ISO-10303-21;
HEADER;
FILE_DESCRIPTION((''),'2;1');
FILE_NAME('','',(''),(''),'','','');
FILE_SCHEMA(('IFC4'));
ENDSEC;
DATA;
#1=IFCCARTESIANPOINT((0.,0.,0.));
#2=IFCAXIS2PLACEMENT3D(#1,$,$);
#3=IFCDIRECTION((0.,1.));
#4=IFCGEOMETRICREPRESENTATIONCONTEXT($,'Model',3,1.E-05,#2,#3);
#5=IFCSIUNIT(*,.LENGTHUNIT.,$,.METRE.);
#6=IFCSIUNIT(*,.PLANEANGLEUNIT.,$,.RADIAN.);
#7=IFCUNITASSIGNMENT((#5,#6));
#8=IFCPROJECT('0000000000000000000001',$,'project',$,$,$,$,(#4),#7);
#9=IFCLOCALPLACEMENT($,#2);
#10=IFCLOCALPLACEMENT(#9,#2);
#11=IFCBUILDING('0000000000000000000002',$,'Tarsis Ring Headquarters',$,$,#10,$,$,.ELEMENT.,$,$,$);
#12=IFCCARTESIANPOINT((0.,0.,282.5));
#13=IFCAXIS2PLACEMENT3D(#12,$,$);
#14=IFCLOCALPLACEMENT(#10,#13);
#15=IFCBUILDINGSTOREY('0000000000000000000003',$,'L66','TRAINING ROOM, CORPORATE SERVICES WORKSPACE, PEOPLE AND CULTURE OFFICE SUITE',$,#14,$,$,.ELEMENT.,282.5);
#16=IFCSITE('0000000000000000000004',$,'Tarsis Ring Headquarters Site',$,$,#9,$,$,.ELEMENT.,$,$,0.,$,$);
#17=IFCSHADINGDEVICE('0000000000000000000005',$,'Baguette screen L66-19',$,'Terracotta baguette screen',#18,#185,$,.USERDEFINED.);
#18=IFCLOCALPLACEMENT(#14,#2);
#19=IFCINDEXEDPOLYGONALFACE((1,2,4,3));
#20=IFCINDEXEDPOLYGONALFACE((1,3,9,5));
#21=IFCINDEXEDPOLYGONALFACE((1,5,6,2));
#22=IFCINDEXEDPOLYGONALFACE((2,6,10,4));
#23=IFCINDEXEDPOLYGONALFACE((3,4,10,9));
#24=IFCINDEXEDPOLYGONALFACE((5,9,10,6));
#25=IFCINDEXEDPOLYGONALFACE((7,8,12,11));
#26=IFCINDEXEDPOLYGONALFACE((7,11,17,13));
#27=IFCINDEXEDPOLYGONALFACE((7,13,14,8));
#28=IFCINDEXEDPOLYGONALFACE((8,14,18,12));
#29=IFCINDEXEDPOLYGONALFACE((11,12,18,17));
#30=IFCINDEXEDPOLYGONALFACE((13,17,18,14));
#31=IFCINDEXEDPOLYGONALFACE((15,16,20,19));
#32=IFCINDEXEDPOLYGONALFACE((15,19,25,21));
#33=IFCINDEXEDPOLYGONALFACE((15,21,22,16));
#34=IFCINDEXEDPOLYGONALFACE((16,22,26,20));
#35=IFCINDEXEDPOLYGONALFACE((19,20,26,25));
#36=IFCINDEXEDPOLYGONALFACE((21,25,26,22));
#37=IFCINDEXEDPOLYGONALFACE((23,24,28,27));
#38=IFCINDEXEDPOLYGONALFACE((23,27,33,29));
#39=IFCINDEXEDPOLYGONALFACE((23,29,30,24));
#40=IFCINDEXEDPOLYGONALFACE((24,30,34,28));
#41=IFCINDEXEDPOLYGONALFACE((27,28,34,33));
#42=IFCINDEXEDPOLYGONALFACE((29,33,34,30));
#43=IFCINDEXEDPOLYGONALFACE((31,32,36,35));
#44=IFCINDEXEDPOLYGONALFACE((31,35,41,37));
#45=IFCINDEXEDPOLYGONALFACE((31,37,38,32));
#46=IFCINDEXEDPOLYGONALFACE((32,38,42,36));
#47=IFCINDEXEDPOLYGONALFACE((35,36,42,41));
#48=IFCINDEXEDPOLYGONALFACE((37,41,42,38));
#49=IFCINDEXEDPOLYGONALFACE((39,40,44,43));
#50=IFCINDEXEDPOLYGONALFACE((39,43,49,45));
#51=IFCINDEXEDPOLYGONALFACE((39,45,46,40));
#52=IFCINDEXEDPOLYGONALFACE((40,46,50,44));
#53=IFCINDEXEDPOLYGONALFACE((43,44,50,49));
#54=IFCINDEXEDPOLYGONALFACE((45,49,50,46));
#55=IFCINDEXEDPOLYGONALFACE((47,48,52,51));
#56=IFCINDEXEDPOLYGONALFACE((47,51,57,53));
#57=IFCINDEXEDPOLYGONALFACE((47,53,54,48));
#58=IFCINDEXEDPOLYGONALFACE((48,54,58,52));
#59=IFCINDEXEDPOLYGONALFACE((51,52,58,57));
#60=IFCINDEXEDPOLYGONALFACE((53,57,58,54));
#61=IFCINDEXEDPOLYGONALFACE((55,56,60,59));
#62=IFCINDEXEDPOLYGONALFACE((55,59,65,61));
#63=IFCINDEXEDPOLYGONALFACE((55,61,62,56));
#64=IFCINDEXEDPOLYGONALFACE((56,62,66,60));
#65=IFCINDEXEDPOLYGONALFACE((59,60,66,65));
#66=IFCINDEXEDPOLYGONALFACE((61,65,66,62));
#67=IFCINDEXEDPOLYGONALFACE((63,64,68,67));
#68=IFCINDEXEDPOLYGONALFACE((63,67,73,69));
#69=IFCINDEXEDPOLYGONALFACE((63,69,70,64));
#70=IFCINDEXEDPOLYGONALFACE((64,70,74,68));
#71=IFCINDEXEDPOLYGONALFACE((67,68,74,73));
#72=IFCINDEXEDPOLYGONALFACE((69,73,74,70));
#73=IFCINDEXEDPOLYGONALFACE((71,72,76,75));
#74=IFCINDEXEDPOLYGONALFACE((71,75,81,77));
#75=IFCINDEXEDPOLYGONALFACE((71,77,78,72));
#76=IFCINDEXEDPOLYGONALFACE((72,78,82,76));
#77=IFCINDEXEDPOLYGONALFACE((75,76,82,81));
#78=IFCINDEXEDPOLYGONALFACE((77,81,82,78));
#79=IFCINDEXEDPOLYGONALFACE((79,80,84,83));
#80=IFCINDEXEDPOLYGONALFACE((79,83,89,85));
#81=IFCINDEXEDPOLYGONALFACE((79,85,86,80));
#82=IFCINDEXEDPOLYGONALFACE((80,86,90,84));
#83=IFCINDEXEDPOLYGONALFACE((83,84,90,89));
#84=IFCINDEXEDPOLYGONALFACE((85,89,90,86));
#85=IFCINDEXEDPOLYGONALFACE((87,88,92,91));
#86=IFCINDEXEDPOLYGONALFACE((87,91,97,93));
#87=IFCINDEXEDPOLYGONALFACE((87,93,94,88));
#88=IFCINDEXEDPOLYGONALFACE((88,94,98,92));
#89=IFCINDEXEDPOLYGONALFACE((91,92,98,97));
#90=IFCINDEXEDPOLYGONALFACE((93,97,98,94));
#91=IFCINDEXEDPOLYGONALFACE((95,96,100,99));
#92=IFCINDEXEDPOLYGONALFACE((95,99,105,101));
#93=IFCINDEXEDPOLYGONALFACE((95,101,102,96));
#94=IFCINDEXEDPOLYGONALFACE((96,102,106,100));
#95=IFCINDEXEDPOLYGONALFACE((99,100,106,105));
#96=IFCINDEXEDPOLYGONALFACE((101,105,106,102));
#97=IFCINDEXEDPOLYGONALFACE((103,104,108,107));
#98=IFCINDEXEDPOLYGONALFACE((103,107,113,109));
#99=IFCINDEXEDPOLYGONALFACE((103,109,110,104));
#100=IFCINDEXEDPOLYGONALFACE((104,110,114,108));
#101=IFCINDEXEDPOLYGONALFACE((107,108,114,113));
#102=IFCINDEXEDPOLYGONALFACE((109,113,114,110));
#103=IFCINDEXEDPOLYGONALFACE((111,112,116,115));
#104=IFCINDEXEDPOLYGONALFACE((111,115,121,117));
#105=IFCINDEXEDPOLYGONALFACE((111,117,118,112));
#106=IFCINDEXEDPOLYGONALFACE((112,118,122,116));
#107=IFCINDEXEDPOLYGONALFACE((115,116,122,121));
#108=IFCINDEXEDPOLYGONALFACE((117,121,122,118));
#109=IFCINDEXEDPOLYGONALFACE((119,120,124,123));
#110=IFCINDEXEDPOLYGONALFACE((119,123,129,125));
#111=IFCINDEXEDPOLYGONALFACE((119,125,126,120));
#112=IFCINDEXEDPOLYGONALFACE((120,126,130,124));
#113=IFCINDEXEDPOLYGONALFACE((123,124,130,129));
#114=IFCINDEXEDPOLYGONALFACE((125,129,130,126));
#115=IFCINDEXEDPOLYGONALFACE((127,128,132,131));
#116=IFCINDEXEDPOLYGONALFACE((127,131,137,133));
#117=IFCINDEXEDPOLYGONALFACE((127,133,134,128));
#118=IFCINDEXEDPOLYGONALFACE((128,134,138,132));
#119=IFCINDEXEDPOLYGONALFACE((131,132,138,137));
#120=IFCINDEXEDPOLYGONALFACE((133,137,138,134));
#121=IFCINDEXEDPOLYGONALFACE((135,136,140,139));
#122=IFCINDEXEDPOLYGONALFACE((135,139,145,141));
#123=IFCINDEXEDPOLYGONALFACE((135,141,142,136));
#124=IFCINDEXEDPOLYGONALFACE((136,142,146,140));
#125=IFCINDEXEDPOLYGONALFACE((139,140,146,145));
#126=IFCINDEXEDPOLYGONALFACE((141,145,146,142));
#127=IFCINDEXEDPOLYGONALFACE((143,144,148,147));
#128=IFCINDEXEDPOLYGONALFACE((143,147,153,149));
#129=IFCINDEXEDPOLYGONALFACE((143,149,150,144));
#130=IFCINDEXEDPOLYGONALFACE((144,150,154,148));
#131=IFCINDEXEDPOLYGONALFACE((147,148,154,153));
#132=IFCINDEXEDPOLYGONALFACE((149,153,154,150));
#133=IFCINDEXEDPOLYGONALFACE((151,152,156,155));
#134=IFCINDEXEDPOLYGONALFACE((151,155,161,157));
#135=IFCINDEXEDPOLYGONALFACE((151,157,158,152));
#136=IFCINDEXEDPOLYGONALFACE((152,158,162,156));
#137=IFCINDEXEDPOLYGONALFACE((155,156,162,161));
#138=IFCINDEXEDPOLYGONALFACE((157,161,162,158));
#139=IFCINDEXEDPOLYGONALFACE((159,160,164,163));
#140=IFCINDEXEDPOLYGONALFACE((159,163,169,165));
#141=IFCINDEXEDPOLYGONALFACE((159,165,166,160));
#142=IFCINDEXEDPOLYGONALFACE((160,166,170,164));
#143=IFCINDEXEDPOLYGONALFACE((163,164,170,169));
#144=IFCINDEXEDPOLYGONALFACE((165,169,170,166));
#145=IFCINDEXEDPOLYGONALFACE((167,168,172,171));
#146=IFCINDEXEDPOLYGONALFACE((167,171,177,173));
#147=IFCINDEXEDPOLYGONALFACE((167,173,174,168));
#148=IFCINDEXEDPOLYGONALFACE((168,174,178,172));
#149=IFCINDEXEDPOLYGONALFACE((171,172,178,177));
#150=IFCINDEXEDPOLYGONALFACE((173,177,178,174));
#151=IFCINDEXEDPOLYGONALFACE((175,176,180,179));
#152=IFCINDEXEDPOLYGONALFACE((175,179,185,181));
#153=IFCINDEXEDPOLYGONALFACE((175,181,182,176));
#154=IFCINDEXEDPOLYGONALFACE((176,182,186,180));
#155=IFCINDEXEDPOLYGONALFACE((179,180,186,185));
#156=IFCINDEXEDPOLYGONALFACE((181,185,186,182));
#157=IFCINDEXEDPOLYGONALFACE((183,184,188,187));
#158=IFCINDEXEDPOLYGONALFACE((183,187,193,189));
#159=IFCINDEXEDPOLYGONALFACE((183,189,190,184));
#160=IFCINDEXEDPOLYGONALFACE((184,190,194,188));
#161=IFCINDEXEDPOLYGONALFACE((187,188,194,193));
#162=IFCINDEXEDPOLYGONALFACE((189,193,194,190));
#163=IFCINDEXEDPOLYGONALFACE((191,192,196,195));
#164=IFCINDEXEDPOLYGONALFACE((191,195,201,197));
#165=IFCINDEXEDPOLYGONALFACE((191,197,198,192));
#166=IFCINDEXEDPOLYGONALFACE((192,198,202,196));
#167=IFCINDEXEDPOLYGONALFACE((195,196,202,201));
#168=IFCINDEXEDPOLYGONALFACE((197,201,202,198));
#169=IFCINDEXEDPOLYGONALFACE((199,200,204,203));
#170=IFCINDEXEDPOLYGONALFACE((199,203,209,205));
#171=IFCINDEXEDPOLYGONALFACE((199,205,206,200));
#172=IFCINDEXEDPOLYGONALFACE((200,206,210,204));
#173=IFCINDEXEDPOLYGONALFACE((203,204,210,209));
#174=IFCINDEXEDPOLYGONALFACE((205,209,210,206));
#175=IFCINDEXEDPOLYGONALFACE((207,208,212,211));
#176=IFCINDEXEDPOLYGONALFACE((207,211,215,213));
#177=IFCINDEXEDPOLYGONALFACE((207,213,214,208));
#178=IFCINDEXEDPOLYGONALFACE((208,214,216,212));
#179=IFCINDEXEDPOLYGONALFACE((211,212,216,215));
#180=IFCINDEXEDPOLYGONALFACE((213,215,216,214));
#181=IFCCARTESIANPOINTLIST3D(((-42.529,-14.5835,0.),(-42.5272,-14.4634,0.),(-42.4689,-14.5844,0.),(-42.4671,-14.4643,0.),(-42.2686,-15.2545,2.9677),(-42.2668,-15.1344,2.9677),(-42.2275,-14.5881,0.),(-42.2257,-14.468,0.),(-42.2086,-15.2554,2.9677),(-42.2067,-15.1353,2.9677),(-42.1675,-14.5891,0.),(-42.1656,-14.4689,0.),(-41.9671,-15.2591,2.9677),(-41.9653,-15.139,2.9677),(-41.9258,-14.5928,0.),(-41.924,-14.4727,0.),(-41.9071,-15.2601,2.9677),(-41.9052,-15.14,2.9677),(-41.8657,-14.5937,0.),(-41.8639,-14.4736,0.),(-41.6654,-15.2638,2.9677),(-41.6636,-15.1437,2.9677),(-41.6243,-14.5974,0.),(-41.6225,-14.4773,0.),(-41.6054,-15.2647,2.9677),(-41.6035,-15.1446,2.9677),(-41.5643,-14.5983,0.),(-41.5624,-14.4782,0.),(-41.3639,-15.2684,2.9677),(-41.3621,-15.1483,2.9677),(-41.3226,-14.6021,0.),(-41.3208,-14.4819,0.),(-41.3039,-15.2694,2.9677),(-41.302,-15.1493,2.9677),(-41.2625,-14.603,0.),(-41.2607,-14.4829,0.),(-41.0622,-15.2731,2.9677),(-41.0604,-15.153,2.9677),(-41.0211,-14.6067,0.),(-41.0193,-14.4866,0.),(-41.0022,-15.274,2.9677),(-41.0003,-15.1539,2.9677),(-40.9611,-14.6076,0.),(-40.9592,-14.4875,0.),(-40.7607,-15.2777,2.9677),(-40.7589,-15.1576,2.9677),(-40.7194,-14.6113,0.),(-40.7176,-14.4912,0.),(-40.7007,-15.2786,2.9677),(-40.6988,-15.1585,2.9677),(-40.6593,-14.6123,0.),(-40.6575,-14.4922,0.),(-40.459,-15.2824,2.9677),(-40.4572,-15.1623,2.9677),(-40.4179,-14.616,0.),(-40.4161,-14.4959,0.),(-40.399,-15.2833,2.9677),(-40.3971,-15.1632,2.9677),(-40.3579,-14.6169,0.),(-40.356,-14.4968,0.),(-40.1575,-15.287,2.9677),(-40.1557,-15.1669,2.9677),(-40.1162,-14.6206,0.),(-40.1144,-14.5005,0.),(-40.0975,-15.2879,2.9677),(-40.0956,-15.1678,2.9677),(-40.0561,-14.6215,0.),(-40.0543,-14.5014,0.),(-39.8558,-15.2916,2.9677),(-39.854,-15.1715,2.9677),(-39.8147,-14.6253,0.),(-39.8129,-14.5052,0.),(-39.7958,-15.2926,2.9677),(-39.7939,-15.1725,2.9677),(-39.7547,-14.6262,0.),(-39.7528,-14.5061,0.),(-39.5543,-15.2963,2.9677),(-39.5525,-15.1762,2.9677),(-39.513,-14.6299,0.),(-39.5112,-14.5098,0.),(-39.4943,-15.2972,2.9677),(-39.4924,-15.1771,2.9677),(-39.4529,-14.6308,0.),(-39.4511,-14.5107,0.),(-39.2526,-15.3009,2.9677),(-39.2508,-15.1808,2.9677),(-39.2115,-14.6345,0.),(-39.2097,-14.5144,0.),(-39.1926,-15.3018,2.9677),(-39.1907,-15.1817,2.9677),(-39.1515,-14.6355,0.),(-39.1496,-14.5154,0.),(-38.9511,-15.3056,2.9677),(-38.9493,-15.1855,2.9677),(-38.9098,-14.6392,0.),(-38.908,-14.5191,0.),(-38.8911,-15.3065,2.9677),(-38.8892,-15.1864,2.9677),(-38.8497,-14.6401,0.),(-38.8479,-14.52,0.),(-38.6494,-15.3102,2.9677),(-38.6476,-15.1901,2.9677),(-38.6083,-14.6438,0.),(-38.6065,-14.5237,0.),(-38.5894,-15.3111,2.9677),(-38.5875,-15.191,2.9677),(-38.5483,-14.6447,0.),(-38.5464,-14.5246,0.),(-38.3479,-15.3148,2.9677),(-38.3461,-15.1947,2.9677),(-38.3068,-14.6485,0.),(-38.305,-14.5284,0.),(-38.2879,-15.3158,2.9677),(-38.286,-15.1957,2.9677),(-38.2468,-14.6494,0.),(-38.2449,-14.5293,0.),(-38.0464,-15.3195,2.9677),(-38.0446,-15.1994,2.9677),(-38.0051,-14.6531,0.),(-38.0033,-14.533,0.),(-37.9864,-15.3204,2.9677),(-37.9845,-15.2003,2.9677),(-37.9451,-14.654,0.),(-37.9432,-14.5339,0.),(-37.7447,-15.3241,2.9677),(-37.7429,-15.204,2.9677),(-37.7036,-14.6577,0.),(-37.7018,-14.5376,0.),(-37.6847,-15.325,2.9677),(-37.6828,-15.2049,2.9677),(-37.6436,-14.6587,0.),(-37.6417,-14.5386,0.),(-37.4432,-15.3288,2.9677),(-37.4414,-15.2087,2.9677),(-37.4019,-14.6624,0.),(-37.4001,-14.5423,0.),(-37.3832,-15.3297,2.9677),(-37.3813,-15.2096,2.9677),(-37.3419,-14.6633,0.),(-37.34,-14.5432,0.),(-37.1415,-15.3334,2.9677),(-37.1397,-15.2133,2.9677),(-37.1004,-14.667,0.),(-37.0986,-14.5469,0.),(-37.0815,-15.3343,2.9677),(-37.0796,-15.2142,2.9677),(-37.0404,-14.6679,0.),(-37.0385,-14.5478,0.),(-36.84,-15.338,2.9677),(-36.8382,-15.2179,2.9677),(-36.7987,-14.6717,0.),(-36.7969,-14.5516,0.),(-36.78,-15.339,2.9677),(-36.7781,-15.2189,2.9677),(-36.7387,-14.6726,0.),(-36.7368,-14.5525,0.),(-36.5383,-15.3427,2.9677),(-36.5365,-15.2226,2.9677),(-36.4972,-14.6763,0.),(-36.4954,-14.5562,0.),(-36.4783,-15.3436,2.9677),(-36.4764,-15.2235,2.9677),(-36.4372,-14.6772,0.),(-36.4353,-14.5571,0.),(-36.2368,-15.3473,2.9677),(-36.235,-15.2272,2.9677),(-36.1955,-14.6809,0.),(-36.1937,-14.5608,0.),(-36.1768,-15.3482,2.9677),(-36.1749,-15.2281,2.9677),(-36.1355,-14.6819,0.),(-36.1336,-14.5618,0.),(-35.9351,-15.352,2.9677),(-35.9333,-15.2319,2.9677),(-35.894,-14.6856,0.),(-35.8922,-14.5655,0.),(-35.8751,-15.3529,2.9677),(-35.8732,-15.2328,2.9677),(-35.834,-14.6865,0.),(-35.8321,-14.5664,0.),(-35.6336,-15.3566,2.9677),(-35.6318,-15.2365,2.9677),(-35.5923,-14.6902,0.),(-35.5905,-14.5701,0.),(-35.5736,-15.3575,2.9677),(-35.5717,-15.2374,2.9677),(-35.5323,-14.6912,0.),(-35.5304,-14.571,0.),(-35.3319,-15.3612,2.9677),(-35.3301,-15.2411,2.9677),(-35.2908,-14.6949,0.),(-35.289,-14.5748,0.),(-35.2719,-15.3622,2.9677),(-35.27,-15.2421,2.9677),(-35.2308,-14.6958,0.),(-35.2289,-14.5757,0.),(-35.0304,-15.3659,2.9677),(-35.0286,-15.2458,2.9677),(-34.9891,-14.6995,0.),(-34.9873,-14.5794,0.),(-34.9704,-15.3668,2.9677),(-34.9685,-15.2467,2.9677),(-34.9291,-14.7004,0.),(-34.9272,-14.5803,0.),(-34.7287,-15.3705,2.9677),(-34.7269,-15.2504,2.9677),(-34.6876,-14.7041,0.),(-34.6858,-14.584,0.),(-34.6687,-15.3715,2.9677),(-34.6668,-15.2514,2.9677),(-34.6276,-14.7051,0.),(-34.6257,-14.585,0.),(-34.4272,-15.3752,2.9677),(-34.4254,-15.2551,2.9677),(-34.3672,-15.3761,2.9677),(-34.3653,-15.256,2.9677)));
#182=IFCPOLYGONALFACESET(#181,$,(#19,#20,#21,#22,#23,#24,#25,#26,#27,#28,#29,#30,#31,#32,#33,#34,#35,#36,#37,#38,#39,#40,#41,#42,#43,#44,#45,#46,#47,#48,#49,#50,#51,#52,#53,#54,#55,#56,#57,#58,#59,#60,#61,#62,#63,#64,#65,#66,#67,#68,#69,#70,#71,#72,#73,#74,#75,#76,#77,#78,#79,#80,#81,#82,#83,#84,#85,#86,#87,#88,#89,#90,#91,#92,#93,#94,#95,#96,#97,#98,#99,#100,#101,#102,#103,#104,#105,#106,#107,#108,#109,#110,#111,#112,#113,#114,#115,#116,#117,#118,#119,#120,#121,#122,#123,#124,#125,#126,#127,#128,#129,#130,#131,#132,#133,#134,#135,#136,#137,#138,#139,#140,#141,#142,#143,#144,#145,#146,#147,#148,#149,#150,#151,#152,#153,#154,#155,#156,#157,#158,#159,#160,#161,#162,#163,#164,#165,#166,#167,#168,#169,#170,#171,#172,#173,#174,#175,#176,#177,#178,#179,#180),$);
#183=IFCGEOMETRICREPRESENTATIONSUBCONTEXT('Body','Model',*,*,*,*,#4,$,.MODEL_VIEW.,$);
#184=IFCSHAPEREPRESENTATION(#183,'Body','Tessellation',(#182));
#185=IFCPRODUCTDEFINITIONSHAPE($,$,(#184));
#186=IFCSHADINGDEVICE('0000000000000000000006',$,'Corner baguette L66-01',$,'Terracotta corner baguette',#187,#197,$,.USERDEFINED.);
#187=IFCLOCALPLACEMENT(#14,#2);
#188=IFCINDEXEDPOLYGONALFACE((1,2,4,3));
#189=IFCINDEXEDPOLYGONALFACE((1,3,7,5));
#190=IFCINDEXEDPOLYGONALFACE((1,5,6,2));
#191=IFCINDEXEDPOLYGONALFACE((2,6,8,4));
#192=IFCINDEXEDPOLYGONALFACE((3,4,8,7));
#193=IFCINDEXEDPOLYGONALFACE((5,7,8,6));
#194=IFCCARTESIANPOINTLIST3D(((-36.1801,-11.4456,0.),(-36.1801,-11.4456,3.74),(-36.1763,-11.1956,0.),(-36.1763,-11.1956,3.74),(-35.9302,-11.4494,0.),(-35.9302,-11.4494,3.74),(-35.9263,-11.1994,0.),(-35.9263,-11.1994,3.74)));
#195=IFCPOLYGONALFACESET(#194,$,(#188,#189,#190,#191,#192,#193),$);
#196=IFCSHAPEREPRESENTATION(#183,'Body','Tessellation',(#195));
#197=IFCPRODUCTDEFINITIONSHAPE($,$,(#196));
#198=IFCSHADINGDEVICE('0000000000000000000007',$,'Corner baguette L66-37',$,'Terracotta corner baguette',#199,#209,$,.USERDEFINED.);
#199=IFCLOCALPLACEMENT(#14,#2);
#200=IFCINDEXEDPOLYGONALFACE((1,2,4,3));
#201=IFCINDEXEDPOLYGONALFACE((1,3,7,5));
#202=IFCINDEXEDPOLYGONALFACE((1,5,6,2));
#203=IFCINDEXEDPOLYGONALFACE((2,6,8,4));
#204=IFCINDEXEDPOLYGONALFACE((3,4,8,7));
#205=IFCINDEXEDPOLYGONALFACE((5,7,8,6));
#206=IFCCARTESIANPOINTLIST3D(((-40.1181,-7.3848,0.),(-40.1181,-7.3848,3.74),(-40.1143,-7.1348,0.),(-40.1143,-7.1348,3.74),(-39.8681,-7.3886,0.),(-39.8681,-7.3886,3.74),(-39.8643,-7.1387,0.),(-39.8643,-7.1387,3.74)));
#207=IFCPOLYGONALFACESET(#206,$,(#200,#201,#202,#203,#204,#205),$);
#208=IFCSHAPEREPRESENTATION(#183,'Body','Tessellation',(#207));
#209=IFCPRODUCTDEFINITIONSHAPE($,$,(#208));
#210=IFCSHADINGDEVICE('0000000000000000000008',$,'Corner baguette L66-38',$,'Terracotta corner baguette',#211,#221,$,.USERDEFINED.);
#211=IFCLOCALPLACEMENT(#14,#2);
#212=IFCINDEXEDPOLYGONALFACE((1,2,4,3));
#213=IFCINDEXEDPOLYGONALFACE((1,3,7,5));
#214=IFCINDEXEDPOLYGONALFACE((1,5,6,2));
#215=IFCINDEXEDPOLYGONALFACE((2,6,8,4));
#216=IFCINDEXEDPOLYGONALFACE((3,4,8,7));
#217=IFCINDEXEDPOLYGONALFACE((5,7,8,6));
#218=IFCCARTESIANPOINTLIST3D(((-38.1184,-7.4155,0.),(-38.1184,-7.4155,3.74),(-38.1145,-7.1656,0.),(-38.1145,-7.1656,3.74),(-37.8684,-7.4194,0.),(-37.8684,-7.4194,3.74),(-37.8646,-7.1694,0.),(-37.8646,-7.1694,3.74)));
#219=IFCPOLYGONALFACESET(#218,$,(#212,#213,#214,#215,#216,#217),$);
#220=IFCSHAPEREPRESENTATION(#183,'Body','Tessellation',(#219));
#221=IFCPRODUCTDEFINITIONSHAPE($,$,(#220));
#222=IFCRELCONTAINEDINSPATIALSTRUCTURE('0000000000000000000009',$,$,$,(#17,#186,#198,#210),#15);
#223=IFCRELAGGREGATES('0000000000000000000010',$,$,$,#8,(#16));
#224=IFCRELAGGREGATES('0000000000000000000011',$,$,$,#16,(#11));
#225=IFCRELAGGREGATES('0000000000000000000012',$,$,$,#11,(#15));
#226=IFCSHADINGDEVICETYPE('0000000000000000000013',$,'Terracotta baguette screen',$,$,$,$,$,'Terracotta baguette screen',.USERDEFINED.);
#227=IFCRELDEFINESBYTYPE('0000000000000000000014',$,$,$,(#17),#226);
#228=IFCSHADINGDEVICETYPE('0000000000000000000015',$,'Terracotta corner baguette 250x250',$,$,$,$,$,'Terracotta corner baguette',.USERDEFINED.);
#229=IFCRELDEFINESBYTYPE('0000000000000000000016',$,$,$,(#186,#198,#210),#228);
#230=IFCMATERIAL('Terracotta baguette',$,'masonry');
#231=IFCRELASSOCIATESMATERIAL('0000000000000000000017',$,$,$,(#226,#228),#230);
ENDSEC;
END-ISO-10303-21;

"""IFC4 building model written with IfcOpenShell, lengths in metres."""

from ifc_helpers import new_model, si_unit, direction, frame, frame_2d, origin, origin_2d, place, context, subcontext, project, spatial, rectangle, composite_profile, extrude, material, type_object, element, save


model = new_model("IFC4")

# Units and contexts
model_context = context("Model", 3, precision=1e-05, world=origin(), true_north=direction((0.0, 1.0)))
body_context = subcontext(model_context, "Body", "Model", "MODEL_VIEW")
ifc_project = project(units=[si_unit("LENGTHUNIT", "METRE"), si_unit("PLANEANGLEUNIT", "RADIAN")], contexts=[model_context])

# Site, building, storey
site_placement = place(None, origin())
site = spatial("IfcSite", under=ifc_project, at=site_placement, Name="Tarsis Ring Headquarters Site", CompositionType="ELEMENT", RefElevation=0.0)
building_placement = place(site_placement, origin())
building = spatial("IfcBuilding", under=site, at=building_placement, Name="Tarsis Ring Headquarters", CompositionType="ELEMENT")
storey_placement = place(building_placement, frame((0.0, 0.0, 282.5)))
storey = spatial("IfcBuildingStorey", under=building, at=storey_placement, Name="L66", Description="TRAINING ROOM, CORPORATE SERVICES WORKSPACE, PEOPLE AND CULTURE OFFICE SUITE", CompositionType="ELEMENT", Elevation=282.5)

# Shading devices
ifc_material_1 = material(Name="Terracotta baguette", Category="masonry")
shading_device_type_1 = type_object("IfcShadingDeviceType", Name="Terracotta baguette screen", ElementType="Terracotta baguette screen", PredefinedType="USERDEFINED", material=ifc_material_1)
shading_device_placement = place(storey_placement, frame((-42.5281, -14.5234, 0.0), z_axis=(0.0, 0.0, 1.0), x_axis=(0.999876, -0.015386, 0.0)))
element("IfcShadingDevice", 1, at=shading_device_placement, inside=storey, type_object=shading_device_type_1, Name="Baguette screen L66-19", ObjectType="Terracotta baguette screen", PredefinedType="USERDEFINED", context=body_context, shape_type="SweptSolid", body=[
    extrude(composite_profile([rectangle(XDim=0.0601, YDim=0.1201, at=frame_2d((0.03, 0.0))), rectangle(XDim=0.0601, YDim=0.1201, at=frame_2d((0.3315, 0.0))), rectangle(XDim=0.0601, YDim=0.1201, at=frame_2d((0.6333, 0.0))), rectangle(XDim=0.0601, YDim=0.1201, at=frame_2d((0.9348, 0.0))), rectangle(XDim=0.0601, YDim=0.1201, at=frame_2d((1.2366, 0.0))), rectangle(XDim=0.0601, YDim=0.1201, at=frame_2d((1.5381, 0.0))), rectangle(XDim=0.0601, YDim=0.1201, at=frame_2d((1.8398, 0.0))), rectangle(XDim=0.0601, YDim=0.1201, at=frame_2d((2.1414, 0.0))), rectangle(XDim=0.0601, YDim=0.1201, at=frame_2d((2.4431, 0.0))), rectangle(XDim=0.0601, YDim=0.1201, at=frame_2d((2.7446, 0.0))), rectangle(XDim=0.0601, YDim=0.1201, at=frame_2d((3.0464, 0.0))), rectangle(XDim=0.0601, YDim=0.1201, at=frame_2d((3.3479, 0.0))), rectangle(XDim=0.0601, YDim=0.1201, at=frame_2d((3.6497, 0.0))), rectangle(XDim=0.0601, YDim=0.1201, at=frame_2d((3.9512, 0.0))), rectangle(XDim=0.0601, YDim=0.1201, at=frame_2d((4.2527, 0.0))), rectangle(XDim=0.0601, YDim=0.1201, at=frame_2d((4.5544, 0.0))), rectangle(XDim=0.0601, YDim=0.1201, at=frame_2d((4.856, 0.0))), rectangle(XDim=0.0601, YDim=0.1201, at=frame_2d((5.1577, 0.0))), rectangle(XDim=0.0601, YDim=0.1201, at=frame_2d((5.4592, 0.0))), rectangle(XDim=0.0601, YDim=0.1201, at=frame_2d((5.761, 0.0))), rectangle(XDim=0.0601, YDim=0.1201, at=frame_2d((6.0625, 0.0))), rectangle(XDim=0.0601, YDim=0.1201, at=frame_2d((6.3643, 0.0))), rectangle(XDim=0.0601, YDim=0.1201, at=frame_2d((6.6658, 0.0))), rectangle(XDim=0.0601, YDim=0.1201, at=frame_2d((6.9675, 0.0))), rectangle(XDim=0.0601, YDim=0.1201, at=frame_2d((7.269, 0.0))), rectangle(XDim=0.0601, YDim=0.1201, at=frame_2d((7.5708, 0.0))), rectangle(XDim=0.0601, YDim=0.1201, at=frame_2d((7.8723, 0.0)))]), origin(), (0.088642, -0.218402, 0.971825), 3.0537),
])
shading_device_type_2 = type_object("IfcShadingDeviceType", Name="Terracotta corner baguette 250x250", ElementType="Terracotta corner baguette", PredefinedType="USERDEFINED", material=ifc_material_1)
for number, where, z_axis, x_axis, name in (
    (2, (-36.0532, -11.3225, 0.0), (0.0, 0.0, 1.0), (-0.015358, -0.999882, 0.0), "Corner baguette L66-01"),
    (3, (-39.9912, -7.2617, 0.0), (0.0, 0.0, 1.0), (-0.015358, -0.999882, 0.0), "Corner baguette L66-37"),
    (4, (-37.9915, -7.2925, 0.0), (0.0, 0.0, 1.0), (0.999882, -0.015358, 0.0), "Corner baguette L66-38"),
):
    element("IfcShadingDevice", number, at=place(storey_placement, frame(where, z_axis=z_axis, x_axis=x_axis)), inside=storey, type_object=shading_device_type_2, Name=name, ObjectType="Terracotta corner baguette", PredefinedType="USERDEFINED", context=body_context, shape_type="SweptSolid", body=[
        extrude(rectangle(XDim=0.25, YDim=0.25, at=origin_2d()), origin(), (0.0, 0.0, 1.0), 3.74),
    ])

save(model, "model.ifc")
